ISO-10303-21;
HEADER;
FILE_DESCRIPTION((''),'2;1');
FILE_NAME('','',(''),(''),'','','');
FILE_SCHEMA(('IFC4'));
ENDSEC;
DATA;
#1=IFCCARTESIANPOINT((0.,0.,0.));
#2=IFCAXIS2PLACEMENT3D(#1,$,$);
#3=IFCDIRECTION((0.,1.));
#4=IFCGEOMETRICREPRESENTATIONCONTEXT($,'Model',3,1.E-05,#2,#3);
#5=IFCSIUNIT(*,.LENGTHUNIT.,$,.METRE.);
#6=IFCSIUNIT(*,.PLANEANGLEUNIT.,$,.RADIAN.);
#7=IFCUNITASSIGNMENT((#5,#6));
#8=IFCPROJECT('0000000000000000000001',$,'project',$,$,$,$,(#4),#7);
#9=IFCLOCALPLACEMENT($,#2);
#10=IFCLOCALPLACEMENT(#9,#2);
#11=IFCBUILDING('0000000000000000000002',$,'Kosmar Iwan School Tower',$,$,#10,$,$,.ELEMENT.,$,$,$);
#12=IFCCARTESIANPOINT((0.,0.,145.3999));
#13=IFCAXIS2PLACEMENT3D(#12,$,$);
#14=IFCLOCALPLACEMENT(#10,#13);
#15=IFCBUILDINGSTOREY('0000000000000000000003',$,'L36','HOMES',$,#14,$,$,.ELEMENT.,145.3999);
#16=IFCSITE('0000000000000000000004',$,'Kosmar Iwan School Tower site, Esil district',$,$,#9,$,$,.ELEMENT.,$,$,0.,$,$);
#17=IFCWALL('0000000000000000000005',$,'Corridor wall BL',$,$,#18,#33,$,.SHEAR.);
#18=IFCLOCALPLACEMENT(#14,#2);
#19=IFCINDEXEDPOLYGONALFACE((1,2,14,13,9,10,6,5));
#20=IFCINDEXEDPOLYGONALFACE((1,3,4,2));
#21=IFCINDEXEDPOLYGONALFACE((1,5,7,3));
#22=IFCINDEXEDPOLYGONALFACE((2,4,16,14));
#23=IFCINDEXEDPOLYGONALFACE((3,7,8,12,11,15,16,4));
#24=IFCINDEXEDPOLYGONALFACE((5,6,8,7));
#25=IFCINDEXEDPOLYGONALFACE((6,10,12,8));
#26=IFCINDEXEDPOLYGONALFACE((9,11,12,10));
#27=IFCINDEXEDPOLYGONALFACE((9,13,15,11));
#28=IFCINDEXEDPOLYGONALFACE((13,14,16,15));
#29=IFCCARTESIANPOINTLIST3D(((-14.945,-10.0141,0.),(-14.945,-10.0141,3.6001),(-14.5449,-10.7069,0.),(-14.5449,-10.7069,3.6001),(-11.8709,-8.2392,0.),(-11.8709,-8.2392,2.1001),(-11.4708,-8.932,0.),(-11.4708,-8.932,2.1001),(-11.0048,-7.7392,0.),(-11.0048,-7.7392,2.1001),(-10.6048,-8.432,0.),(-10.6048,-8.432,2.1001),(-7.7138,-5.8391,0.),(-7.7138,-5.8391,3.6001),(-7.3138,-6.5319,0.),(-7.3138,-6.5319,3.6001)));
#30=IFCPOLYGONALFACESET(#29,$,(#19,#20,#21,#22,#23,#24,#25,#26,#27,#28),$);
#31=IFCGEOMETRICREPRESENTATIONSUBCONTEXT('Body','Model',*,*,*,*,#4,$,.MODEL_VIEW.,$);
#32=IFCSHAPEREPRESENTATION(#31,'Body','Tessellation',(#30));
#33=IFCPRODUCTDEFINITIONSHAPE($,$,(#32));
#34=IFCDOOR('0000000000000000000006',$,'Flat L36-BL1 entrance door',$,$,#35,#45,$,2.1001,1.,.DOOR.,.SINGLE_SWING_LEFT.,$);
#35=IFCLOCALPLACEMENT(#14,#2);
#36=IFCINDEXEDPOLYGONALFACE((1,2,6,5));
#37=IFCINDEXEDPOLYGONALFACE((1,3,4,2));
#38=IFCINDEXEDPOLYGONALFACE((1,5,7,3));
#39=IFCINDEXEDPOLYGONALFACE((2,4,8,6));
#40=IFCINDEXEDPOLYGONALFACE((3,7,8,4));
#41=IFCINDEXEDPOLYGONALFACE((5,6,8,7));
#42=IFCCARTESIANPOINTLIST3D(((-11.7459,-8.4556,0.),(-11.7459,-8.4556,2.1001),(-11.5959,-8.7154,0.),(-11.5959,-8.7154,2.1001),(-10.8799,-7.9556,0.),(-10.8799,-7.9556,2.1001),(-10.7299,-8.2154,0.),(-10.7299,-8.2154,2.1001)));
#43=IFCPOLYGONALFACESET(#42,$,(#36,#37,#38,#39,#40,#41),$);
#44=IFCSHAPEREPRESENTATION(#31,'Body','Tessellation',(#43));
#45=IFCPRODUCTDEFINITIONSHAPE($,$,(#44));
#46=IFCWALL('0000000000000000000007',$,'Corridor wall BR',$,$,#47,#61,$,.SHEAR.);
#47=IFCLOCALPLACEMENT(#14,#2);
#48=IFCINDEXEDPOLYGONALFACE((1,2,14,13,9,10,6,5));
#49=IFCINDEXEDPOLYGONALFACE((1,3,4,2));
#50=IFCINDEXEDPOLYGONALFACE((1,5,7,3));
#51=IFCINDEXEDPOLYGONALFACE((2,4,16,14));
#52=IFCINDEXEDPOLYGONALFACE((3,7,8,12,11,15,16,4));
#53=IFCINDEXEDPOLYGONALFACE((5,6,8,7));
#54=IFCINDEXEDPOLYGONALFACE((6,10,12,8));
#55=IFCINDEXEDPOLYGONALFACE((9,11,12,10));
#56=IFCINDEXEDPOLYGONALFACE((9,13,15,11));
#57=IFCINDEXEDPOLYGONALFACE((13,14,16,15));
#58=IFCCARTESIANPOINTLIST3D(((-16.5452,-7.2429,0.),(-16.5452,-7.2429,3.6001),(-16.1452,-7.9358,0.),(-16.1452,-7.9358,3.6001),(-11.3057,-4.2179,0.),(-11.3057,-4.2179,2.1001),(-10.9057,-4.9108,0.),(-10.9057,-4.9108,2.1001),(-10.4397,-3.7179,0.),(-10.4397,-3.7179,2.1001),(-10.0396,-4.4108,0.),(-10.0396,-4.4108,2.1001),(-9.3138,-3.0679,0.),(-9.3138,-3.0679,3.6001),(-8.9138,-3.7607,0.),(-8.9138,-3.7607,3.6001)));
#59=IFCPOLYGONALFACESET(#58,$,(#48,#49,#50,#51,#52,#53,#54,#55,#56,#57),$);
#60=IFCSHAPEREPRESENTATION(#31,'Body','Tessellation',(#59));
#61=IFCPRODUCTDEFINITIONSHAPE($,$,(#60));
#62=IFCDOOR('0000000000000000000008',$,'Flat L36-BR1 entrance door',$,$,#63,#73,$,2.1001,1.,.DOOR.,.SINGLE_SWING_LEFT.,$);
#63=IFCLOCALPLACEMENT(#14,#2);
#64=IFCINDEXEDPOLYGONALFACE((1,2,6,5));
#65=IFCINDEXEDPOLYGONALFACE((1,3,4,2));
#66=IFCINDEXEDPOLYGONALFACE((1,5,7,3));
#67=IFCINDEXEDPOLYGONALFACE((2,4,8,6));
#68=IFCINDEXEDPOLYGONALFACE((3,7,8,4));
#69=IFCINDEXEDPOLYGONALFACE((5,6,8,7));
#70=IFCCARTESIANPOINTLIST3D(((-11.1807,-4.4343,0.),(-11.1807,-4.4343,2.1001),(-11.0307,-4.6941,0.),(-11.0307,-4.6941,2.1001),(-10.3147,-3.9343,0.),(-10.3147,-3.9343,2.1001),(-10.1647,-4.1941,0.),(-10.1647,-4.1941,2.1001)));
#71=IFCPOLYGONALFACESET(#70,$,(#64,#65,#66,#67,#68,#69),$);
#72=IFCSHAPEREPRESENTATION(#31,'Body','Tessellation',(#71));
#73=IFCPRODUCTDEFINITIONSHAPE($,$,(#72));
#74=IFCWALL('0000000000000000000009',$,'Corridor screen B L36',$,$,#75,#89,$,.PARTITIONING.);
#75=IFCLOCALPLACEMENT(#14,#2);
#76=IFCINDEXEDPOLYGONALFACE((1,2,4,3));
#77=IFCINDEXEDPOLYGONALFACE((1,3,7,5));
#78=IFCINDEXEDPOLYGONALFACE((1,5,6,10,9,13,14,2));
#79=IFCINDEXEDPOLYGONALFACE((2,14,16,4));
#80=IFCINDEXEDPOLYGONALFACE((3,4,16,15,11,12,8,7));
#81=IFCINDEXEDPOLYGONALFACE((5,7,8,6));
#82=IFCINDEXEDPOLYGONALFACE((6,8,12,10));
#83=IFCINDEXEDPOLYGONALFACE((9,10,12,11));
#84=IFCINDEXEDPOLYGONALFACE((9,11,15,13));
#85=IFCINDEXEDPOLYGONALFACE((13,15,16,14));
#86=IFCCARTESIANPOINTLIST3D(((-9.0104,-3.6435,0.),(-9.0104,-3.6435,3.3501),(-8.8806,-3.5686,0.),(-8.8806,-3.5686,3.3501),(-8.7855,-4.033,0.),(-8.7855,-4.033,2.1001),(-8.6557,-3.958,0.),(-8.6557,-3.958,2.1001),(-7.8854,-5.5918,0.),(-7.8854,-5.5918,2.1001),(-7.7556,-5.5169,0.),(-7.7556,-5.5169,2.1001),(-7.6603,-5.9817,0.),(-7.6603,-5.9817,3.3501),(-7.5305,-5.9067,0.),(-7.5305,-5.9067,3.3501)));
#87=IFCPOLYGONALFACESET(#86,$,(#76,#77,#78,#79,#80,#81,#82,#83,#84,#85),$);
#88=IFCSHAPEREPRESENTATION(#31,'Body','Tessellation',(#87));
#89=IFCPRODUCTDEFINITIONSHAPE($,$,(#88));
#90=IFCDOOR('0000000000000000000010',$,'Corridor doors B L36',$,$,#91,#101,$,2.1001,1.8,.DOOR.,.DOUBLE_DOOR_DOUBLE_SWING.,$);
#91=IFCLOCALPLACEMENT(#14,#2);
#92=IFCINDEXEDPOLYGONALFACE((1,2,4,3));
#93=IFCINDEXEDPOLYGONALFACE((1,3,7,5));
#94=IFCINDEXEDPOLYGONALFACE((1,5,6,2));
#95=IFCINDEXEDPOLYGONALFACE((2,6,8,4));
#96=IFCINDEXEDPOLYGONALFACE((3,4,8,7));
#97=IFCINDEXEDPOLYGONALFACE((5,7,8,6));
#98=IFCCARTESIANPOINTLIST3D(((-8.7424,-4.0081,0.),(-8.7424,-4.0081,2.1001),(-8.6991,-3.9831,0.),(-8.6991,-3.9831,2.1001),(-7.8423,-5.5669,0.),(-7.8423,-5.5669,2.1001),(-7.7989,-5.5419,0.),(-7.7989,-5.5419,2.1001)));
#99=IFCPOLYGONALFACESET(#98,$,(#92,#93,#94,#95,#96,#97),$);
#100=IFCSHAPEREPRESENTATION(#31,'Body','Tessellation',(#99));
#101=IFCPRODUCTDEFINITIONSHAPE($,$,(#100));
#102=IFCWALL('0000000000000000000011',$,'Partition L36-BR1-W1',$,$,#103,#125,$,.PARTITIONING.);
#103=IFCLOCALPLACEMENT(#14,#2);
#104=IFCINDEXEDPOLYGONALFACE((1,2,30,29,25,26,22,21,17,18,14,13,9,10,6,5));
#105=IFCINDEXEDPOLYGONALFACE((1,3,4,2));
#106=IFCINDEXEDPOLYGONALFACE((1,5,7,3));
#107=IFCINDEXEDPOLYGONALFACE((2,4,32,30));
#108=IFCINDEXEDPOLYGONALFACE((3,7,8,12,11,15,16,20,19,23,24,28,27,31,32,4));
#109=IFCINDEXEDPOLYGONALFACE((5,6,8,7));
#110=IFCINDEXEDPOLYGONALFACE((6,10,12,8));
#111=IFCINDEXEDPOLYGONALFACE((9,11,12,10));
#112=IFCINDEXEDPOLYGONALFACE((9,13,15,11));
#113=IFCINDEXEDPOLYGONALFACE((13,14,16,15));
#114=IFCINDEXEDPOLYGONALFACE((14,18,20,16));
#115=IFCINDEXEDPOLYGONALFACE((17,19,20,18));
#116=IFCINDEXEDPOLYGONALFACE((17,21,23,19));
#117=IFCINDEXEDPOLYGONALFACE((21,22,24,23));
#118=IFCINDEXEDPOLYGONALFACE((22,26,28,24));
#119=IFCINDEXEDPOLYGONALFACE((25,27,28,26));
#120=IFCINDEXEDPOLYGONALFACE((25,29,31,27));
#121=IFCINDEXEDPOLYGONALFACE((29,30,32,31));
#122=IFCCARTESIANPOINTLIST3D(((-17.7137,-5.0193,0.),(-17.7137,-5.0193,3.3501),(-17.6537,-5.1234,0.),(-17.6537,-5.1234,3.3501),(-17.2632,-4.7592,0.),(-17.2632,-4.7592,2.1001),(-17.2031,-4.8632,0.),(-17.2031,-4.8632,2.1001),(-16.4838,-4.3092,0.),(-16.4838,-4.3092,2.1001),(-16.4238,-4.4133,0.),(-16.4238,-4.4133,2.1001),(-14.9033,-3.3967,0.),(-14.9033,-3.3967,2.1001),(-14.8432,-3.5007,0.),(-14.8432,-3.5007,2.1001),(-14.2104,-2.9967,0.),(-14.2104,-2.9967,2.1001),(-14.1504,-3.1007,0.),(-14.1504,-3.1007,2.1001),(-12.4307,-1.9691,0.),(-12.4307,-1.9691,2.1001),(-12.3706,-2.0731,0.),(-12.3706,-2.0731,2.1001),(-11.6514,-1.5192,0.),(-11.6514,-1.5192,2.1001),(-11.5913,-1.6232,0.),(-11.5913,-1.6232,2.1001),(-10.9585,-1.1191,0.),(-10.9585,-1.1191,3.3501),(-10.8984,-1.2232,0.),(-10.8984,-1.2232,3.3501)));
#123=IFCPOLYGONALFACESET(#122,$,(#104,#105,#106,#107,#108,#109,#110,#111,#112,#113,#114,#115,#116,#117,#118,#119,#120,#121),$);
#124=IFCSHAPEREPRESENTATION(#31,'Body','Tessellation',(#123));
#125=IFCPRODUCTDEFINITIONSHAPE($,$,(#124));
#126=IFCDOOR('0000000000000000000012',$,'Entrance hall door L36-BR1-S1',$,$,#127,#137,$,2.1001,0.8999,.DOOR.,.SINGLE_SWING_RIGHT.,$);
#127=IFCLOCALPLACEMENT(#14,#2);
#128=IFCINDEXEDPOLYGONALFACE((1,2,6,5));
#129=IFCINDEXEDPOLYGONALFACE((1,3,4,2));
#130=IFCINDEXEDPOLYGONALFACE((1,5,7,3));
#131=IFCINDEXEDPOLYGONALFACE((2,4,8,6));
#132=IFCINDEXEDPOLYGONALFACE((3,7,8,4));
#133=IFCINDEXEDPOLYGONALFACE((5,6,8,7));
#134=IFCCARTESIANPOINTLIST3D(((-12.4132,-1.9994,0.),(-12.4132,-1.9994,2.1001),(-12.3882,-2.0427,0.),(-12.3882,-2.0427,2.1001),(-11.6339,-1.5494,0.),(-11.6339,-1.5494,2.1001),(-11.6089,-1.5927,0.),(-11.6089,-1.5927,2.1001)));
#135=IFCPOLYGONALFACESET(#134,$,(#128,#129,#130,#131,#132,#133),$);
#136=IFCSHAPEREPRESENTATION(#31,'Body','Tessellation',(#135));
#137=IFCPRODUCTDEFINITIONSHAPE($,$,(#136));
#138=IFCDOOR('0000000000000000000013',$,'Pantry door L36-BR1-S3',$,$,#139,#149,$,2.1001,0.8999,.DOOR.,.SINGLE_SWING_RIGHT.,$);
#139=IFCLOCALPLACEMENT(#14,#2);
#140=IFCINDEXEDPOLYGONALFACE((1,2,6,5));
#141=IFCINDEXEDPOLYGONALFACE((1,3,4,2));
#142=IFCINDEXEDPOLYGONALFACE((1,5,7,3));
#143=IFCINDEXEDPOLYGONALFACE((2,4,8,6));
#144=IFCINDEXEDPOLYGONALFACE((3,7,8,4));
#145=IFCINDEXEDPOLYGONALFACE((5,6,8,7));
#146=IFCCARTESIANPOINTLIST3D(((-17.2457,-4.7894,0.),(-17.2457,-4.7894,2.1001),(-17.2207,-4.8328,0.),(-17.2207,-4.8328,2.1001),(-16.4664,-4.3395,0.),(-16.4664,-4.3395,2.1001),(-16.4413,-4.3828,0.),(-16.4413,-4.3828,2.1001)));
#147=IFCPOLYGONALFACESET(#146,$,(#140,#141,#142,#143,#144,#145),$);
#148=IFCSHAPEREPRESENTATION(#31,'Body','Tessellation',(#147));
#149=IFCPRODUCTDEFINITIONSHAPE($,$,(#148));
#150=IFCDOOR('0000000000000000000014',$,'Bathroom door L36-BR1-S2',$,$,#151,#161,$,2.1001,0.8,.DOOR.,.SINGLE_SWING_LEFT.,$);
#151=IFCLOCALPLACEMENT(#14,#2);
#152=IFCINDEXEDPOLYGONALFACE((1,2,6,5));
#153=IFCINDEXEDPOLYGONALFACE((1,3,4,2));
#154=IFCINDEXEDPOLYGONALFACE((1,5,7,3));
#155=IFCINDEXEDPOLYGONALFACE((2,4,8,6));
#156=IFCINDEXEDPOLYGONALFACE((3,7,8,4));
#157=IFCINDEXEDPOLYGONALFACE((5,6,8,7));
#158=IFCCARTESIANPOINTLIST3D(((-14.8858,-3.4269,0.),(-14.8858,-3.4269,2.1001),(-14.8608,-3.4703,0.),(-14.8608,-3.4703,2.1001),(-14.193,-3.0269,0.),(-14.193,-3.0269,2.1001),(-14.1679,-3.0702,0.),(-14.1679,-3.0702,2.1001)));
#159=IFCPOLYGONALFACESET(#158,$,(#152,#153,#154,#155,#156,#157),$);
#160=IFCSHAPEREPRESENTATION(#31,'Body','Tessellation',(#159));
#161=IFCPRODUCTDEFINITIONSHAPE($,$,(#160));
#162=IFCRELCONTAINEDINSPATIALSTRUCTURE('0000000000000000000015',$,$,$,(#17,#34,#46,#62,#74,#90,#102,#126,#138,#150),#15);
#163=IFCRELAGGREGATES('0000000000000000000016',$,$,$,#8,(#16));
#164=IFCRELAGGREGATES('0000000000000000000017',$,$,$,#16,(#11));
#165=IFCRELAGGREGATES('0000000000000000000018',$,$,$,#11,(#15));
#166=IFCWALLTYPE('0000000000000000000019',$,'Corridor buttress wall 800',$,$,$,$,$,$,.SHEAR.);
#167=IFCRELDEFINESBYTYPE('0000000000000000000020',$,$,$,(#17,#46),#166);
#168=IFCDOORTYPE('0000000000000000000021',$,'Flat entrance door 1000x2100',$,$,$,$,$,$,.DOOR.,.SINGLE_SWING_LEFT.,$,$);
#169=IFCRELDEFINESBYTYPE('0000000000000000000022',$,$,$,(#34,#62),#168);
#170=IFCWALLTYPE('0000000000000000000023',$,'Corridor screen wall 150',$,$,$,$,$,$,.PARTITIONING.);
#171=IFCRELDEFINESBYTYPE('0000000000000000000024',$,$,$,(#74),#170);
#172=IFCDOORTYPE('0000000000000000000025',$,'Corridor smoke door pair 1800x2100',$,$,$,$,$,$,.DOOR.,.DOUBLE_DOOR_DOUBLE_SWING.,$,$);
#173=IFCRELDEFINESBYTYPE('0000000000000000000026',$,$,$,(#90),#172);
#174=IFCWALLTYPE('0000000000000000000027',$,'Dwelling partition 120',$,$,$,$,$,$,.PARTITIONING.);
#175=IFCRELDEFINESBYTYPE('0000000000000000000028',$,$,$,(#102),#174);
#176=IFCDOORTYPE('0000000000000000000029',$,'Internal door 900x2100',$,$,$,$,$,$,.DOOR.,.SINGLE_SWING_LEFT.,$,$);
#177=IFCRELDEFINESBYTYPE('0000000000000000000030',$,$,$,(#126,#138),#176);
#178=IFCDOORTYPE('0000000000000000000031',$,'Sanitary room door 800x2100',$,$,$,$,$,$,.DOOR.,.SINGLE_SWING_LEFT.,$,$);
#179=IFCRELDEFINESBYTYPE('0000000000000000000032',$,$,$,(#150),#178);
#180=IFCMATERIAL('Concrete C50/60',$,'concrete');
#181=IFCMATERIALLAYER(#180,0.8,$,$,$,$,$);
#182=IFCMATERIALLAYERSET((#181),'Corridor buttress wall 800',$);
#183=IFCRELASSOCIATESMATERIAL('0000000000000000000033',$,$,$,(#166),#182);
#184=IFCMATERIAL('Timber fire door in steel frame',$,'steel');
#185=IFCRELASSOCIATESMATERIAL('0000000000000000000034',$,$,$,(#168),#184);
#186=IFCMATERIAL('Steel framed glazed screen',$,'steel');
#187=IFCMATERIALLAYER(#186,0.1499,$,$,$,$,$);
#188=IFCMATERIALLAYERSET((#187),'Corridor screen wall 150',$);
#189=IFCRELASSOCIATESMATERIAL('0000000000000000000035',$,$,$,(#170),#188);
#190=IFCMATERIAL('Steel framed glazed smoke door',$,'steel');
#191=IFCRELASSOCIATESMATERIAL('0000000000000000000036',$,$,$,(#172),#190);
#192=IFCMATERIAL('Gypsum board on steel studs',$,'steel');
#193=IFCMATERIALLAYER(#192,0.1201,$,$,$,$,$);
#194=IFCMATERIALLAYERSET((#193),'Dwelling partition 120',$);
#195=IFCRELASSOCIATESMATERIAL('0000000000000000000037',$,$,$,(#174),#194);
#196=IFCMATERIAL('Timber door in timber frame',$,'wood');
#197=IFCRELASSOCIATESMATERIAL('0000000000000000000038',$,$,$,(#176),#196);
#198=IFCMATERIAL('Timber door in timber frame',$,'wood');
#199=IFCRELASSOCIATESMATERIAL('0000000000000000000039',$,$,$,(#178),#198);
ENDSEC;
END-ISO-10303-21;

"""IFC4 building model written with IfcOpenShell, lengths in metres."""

from ifc_helpers import new_model, si_unit, direction, frame, frame_2d, origin, place, context, subcontext, project, spatial, rectangle, extrude, material, layer, layer_set, type_object, element, fill, save


model = new_model("IFC4")

# Units and contexts
model_context = context("Model", 3, precision=1e-05, world=origin(), true_north=direction((0.0, 1.0)))
body_context = subcontext(model_context, "Body", "Model", "MODEL_VIEW")
ifc_project = project(units=[si_unit("LENGTHUNIT", "METRE"), si_unit("PLANEANGLEUNIT", "RADIAN")], contexts=[model_context])

# Site, building, storey
site_placement = place(None, origin())
site = spatial("IfcSite", under=ifc_project, at=site_placement, Name="Kosmar Iwan School Tower site, Esil district", CompositionType="ELEMENT", RefElevation=0.0)
building_placement = place(site_placement, origin())
building = spatial("IfcBuilding", under=site, at=building_placement, Name="Kosmar Iwan School Tower", CompositionType="ELEMENT")
storey_placement = place(building_placement, frame((0.0, 0.0, 145.3999)))
storey = spatial("IfcBuildingStorey", under=building, at=storey_placement, Name="L36", Description="HOMES", CompositionType="ELEMENT", Elevation=145.3999)

# Walls, openings, doors
ifc_material_1 = material(Name="Concrete C50/60", Category="concrete")
ifc_layer_1 = layer(ifc_material_1, 0.8)
ifc_layer_set_1 = layer_set([ifc_layer_1], Name="Corridor buttress wall 800")
wall_type_1 = type_object("IfcWallType", Name="Corridor buttress wall 800", PredefinedType="SHEAR", material=ifc_layer_set_1)
wall_1_placement = place(storey_placement, frame((-7.5139, -6.1855, 0.0), z_axis=(0.0, 0.0, 1.0), x_axis=(-0.86602, -0.50001, 0.0)))
wall_1 = element("IfcWall", 1, at=wall_1_placement, inside=storey, type_object=wall_type_1, Name="Corridor wall BL", PredefinedType="SHEAR", context=body_context, shape_type="SweptSolid", body=[
    extrude(rectangle(XDim=8.3499, YDim=0.8, at=frame_2d((4.1748, 0.0))), origin(), (0.0, 0.0, 1.0), 3.6001),
])
opening_1_placement = place(wall_1_placement, frame((3.8, 0.0, 0.0)))
opening_1 = element("IfcOpeningElement", 2, at=opening_1_placement, cuts=wall_1, PredefinedType="OPENING", context=body_context, shape_type="SweptSolid", body=[
    extrude(rectangle(XDim=1.0, YDim=2.1001, at=frame_2d((0.5, 1.05))), frame((0.0, 0.4121, 0.0), z_axis=(0.0, -1.0, 0.0), x_axis=(1.0, 0.0, 0.0)), (0.0, 0.0, 1.0), 0.824),
])
ifc_material_2 = material(Name="Timber fire door in steel frame", Category="steel")
door_type_1 = type_object("IfcDoorType", Name="Flat entrance door 1000x2100", OperationType="SINGLE_SWING_LEFT", PredefinedType="DOOR", material=ifc_material_2)
door_1_placement = place(opening_1_placement, origin())
door_1 = element("IfcDoor", 3, at=door_1_placement, inside=storey, type_object=door_type_1, Name="Flat L36-BL1 entrance door", OperationType="SINGLE_SWING_LEFT", OverallHeight=2.1001, OverallWidth=1.0, PredefinedType="DOOR", context=body_context, shape_type="SweptSolid", body=[
    extrude(rectangle(XDim=1.0, YDim=2.1001, at=frame_2d((0.5, 1.05))), frame((0.0, 0.1499, 0.0), z_axis=(0.0, -1.0, 0.0), x_axis=(1.0, 0.0, 0.0)), (0.0, 0.0, 1.0), 0.3),
])
fill(opening_1, door_1)
wall_2_placement = place(storey_placement, frame((-9.1138, -3.4143, 0.0), z_axis=(0.0, 0.0, 1.0), x_axis=(-0.866027, -0.499997, 0.0)))
wall_2 = element("IfcWall", 4, at=wall_2_placement, inside=storey, type_object=wall_type_1, Name="Corridor wall BR", PredefinedType="SHEAR", context=body_context, shape_type="SweptSolid", body=[
    extrude(rectangle(XDim=8.3501, YDim=0.8, at=frame_2d((4.175, 0.0))), origin(), (0.0, 0.0, 1.0), 3.6001),
])
opening_2_placement = place(wall_2_placement, frame((1.3, 0.0, 0.0)))
opening_2 = element("IfcOpeningElement", 5, at=opening_2_placement, cuts=wall_2, PredefinedType="OPENING", context=body_context, shape_type="SweptSolid", body=[
    extrude(rectangle(XDim=1.0, YDim=2.1001, at=frame_2d((0.5, 1.05))), frame((0.0, 0.4121, 0.0), z_axis=(0.0, -1.0, 0.0), x_axis=(1.0, 0.0, 0.0)), (0.0, 0.0, 1.0), 0.824),
])
door_2_placement = place(opening_2_placement, origin())
door_2 = element("IfcDoor", 6, at=door_2_placement, inside=storey, type_object=door_type_1, Name="Flat L36-BR1 entrance door", OperationType="SINGLE_SWING_LEFT", OverallHeight=2.1001, OverallWidth=1.0, PredefinedType="DOOR", context=body_context, shape_type="SweptSolid", body=[
    extrude(rectangle(XDim=1.0, YDim=2.1001, at=frame_2d((0.5, 1.05))), frame((0.0, 0.1499, 0.0), z_axis=(0.0, -1.0, 0.0), x_axis=(1.0, 0.0, 0.0)), (0.0, 0.0, 1.0), 0.3),
])
fill(opening_2, door_2)
ifc_material_3 = material(Name="Steel framed glazed screen", Category="steel")
ifc_layer_2 = layer(ifc_material_3, 0.1499)
ifc_layer_set_2 = layer_set([ifc_layer_2], Name="Corridor screen wall 150")
wall_type_2 = type_object("IfcWallType", Name="Corridor screen wall 150", PredefinedType="PARTITIONING", material=ifc_layer_set_2)
wall_3_placement = place(storey_placement, frame((-8.9456, -3.606, 0.0), z_axis=(0.0, 0.0, 1.0), x_axis=(0.500049, -0.865997, 0.0)))
wall_3 = element("IfcWall", 7, at=wall_3_placement, inside=storey, type_object=wall_type_2, Name="Corridor screen B L36", PredefinedType="PARTITIONING", context=body_context, shape_type="SweptSolid", body=[
    extrude(rectangle(XDim=2.7, YDim=0.1499, at=frame_2d((1.3501, 0.0))), origin(), (0.0, 0.0, 1.0), 3.3501),
])
opening_3_placement = place(wall_3_placement, frame((0.45, 0.0, 0.0)))
opening_3 = element("IfcOpeningElement", 8, at=opening_3_placement, cuts=wall_3, PredefinedType="OPENING", context=body_context, shape_type="SweptSolid", body=[
    extrude(rectangle(XDim=1.8, YDim=2.1001, at=frame_2d((0.8999, 1.05))), frame((0.0, 0.0869, 0.0), z_axis=(0.0, -1.0, 0.0), x_axis=(1.0, 0.0, 0.0)), (0.0, 0.0, 1.0), 0.1738),
])
ifc_material_4 = material(Name="Steel framed glazed smoke door", Category="steel")
door_type_2 = type_object("IfcDoorType", Name="Corridor smoke door pair 1800x2100", OperationType="DOUBLE_DOOR_DOUBLE_SWING", PredefinedType="DOOR", material=ifc_material_4)
door_3_placement = place(opening_3_placement, origin())
door_3 = element("IfcDoor", 9, at=door_3_placement, inside=storey, type_object=door_type_2, Name="Corridor doors B L36", OperationType="DOUBLE_DOOR_DOUBLE_SWING", OverallHeight=2.1001, OverallWidth=1.8, PredefinedType="DOOR", context=body_context, shape_type="SweptSolid", body=[
    extrude(rectangle(XDim=1.8, YDim=2.1001, at=frame_2d((0.8999, 1.05))), frame((0.0, 0.0249, 0.0), z_axis=(0.0, -1.0, 0.0), x_axis=(1.0, 0.0, 0.0)), (0.0, 0.0, 1.0), 0.05),
])
fill(opening_3, door_3)

# Wall, openings, doors
ifc_material_5 = material(Name="Gypsum board on steel studs", Category="steel")
ifc_layer_3 = layer(ifc_material_5, 0.1201)
ifc_layer_set_3 = layer_set([ifc_layer_3], Name="Dwelling partition 120")
wall_type_3 = type_object("IfcWallType", Name="Dwelling partition 120", PredefinedType="PARTITIONING", material=ifc_layer_set_3)
wall_4_placement = place(storey_placement, frame((-10.9285, -1.1711, 0.0), z_axis=(0.0, 0.0, 1.0), x_axis=(-0.866021, -0.500007, 0.0)))
wall_4 = element("IfcWall", 10, at=wall_4_placement, inside=storey, type_object=wall_type_3, Name="Partition L36-BR1-W1", PredefinedType="PARTITIONING", context=body_context, shape_type="SweptSolid", body=[
    extrude(rectangle(XDim=7.8003, YDim=0.1201, at=frame_2d((3.9001, 0.0))), origin(), (0.0, 0.0, 1.0), 3.3501),
])
opening_4_placement = place(wall_4_placement, frame((0.8, 0.0, 0.0)))
opening_4 = element("IfcOpeningElement", 11, at=opening_4_placement, cuts=wall_4, PredefinedType="OPENING", context=body_context, shape_type="SweptSolid", body=[
    extrude(rectangle(XDim=0.8999, YDim=2.1001, at=frame_2d((0.45, 1.05))), frame((0.0, 0.072, 0.0), z_axis=(0.0, -1.0, 0.0), x_axis=(1.0, 0.0, 0.0)), (0.0, 0.0, 1.0), 0.144),
])
opening_5_placement = place(wall_4_placement, frame((3.7551, 0.0, 0.0)))
opening_5 = element("IfcOpeningElement", 12, at=opening_5_placement, cuts=wall_4, PredefinedType="OPENING", context=body_context, shape_type="SweptSolid", body=[
    extrude(rectangle(XDim=0.8, YDim=2.1001, at=frame_2d((0.3999, 1.05))), frame((0.0, 0.072, 0.0), z_axis=(0.0, -1.0, 0.0), x_axis=(1.0, 0.0, 0.0)), (0.0, 0.0, 1.0), 0.144),
])
opening_6_placement = place(wall_4_placement, frame((6.3801, 0.0, 0.0)))
opening_6 = element("IfcOpeningElement", 13, at=opening_6_placement, cuts=wall_4, PredefinedType="OPENING", context=body_context, shape_type="SweptSolid", body=[
    extrude(rectangle(XDim=0.8999, YDim=2.1001, at=frame_2d((0.45, 1.05))), frame((0.0, 0.072, 0.0), z_axis=(0.0, -1.0, 0.0), x_axis=(1.0, 0.0, 0.0)), (0.0, 0.0, 1.0), 0.144),
])
ifc_material_6 = material(Name="Timber door in timber frame", Category="wood")
door_type_3 = type_object("IfcDoorType", Name="Internal door 900x2100", OperationType="SINGLE_SWING_LEFT", PredefinedType="DOOR", material=ifc_material_6)
door_4_placement = place(opening_4_placement, origin())
door_4 = element("IfcDoor", 14, at=door_4_placement, inside=storey, type_object=door_type_3, Name="Entrance hall door L36-BR1-S1", OperationType="SINGLE_SWING_RIGHT", OverallHeight=2.1001, OverallWidth=0.8999, PredefinedType="DOOR", context=body_context, shape_type="SweptSolid", body=[
    extrude(rectangle(XDim=0.8999, YDim=2.1001, at=frame_2d((0.45, 1.05))), frame((0.0, 0.0249, 0.0), z_axis=(0.0, -1.0, 0.0), x_axis=(1.0, 0.0, 0.0)), (0.0, 0.0, 1.0), 0.05),
])
fill(opening_4, door_4)
door_5_placement = place(opening_6_placement, origin())
door_5 = element("IfcDoor", 15, at=door_5_placement, inside=storey, type_object=door_type_3, Name="Pantry door L36-BR1-S3", OperationType="SINGLE_SWING_RIGHT", OverallHeight=2.1001, OverallWidth=0.8999, PredefinedType="DOOR", context=body_context, shape_type="SweptSolid", body=[
    extrude(rectangle(XDim=0.8999, YDim=2.1001, at=frame_2d((0.45, 1.05))), frame((0.0, 0.0249, 0.0), z_axis=(0.0, -1.0, 0.0), x_axis=(1.0, 0.0, 0.0)), (0.0, 0.0, 1.0), 0.05),
])
fill(opening_6, door_5)
ifc_material_7 = material(Name="Timber door in timber frame", Category="wood")
door_type_4 = type_object("IfcDoorType", Name="Sanitary room door 800x2100", OperationType="SINGLE_SWING_LEFT", PredefinedType="DOOR", material=ifc_material_7)
door_6_placement = place(opening_5_placement, origin())
door_6 = element("IfcDoor", 16, at=door_6_placement, inside=storey, type_object=door_type_4, Name="Bathroom door L36-BR1-S2", OperationType="SINGLE_SWING_LEFT", OverallHeight=2.1001, OverallWidth=0.8, PredefinedType="DOOR", context=body_context, shape_type="SweptSolid", body=[
    extrude(rectangle(XDim=0.8, YDim=2.1001, at=frame_2d((0.3999, 1.05))), frame((0.0, 0.0249, 0.0), z_axis=(0.0, -1.0, 0.0), x_axis=(1.0, 0.0, 0.0)), (0.0, 0.0, 1.0), 0.05),
])
fill(opening_5, door_6)

save(model, "model.ifc")
